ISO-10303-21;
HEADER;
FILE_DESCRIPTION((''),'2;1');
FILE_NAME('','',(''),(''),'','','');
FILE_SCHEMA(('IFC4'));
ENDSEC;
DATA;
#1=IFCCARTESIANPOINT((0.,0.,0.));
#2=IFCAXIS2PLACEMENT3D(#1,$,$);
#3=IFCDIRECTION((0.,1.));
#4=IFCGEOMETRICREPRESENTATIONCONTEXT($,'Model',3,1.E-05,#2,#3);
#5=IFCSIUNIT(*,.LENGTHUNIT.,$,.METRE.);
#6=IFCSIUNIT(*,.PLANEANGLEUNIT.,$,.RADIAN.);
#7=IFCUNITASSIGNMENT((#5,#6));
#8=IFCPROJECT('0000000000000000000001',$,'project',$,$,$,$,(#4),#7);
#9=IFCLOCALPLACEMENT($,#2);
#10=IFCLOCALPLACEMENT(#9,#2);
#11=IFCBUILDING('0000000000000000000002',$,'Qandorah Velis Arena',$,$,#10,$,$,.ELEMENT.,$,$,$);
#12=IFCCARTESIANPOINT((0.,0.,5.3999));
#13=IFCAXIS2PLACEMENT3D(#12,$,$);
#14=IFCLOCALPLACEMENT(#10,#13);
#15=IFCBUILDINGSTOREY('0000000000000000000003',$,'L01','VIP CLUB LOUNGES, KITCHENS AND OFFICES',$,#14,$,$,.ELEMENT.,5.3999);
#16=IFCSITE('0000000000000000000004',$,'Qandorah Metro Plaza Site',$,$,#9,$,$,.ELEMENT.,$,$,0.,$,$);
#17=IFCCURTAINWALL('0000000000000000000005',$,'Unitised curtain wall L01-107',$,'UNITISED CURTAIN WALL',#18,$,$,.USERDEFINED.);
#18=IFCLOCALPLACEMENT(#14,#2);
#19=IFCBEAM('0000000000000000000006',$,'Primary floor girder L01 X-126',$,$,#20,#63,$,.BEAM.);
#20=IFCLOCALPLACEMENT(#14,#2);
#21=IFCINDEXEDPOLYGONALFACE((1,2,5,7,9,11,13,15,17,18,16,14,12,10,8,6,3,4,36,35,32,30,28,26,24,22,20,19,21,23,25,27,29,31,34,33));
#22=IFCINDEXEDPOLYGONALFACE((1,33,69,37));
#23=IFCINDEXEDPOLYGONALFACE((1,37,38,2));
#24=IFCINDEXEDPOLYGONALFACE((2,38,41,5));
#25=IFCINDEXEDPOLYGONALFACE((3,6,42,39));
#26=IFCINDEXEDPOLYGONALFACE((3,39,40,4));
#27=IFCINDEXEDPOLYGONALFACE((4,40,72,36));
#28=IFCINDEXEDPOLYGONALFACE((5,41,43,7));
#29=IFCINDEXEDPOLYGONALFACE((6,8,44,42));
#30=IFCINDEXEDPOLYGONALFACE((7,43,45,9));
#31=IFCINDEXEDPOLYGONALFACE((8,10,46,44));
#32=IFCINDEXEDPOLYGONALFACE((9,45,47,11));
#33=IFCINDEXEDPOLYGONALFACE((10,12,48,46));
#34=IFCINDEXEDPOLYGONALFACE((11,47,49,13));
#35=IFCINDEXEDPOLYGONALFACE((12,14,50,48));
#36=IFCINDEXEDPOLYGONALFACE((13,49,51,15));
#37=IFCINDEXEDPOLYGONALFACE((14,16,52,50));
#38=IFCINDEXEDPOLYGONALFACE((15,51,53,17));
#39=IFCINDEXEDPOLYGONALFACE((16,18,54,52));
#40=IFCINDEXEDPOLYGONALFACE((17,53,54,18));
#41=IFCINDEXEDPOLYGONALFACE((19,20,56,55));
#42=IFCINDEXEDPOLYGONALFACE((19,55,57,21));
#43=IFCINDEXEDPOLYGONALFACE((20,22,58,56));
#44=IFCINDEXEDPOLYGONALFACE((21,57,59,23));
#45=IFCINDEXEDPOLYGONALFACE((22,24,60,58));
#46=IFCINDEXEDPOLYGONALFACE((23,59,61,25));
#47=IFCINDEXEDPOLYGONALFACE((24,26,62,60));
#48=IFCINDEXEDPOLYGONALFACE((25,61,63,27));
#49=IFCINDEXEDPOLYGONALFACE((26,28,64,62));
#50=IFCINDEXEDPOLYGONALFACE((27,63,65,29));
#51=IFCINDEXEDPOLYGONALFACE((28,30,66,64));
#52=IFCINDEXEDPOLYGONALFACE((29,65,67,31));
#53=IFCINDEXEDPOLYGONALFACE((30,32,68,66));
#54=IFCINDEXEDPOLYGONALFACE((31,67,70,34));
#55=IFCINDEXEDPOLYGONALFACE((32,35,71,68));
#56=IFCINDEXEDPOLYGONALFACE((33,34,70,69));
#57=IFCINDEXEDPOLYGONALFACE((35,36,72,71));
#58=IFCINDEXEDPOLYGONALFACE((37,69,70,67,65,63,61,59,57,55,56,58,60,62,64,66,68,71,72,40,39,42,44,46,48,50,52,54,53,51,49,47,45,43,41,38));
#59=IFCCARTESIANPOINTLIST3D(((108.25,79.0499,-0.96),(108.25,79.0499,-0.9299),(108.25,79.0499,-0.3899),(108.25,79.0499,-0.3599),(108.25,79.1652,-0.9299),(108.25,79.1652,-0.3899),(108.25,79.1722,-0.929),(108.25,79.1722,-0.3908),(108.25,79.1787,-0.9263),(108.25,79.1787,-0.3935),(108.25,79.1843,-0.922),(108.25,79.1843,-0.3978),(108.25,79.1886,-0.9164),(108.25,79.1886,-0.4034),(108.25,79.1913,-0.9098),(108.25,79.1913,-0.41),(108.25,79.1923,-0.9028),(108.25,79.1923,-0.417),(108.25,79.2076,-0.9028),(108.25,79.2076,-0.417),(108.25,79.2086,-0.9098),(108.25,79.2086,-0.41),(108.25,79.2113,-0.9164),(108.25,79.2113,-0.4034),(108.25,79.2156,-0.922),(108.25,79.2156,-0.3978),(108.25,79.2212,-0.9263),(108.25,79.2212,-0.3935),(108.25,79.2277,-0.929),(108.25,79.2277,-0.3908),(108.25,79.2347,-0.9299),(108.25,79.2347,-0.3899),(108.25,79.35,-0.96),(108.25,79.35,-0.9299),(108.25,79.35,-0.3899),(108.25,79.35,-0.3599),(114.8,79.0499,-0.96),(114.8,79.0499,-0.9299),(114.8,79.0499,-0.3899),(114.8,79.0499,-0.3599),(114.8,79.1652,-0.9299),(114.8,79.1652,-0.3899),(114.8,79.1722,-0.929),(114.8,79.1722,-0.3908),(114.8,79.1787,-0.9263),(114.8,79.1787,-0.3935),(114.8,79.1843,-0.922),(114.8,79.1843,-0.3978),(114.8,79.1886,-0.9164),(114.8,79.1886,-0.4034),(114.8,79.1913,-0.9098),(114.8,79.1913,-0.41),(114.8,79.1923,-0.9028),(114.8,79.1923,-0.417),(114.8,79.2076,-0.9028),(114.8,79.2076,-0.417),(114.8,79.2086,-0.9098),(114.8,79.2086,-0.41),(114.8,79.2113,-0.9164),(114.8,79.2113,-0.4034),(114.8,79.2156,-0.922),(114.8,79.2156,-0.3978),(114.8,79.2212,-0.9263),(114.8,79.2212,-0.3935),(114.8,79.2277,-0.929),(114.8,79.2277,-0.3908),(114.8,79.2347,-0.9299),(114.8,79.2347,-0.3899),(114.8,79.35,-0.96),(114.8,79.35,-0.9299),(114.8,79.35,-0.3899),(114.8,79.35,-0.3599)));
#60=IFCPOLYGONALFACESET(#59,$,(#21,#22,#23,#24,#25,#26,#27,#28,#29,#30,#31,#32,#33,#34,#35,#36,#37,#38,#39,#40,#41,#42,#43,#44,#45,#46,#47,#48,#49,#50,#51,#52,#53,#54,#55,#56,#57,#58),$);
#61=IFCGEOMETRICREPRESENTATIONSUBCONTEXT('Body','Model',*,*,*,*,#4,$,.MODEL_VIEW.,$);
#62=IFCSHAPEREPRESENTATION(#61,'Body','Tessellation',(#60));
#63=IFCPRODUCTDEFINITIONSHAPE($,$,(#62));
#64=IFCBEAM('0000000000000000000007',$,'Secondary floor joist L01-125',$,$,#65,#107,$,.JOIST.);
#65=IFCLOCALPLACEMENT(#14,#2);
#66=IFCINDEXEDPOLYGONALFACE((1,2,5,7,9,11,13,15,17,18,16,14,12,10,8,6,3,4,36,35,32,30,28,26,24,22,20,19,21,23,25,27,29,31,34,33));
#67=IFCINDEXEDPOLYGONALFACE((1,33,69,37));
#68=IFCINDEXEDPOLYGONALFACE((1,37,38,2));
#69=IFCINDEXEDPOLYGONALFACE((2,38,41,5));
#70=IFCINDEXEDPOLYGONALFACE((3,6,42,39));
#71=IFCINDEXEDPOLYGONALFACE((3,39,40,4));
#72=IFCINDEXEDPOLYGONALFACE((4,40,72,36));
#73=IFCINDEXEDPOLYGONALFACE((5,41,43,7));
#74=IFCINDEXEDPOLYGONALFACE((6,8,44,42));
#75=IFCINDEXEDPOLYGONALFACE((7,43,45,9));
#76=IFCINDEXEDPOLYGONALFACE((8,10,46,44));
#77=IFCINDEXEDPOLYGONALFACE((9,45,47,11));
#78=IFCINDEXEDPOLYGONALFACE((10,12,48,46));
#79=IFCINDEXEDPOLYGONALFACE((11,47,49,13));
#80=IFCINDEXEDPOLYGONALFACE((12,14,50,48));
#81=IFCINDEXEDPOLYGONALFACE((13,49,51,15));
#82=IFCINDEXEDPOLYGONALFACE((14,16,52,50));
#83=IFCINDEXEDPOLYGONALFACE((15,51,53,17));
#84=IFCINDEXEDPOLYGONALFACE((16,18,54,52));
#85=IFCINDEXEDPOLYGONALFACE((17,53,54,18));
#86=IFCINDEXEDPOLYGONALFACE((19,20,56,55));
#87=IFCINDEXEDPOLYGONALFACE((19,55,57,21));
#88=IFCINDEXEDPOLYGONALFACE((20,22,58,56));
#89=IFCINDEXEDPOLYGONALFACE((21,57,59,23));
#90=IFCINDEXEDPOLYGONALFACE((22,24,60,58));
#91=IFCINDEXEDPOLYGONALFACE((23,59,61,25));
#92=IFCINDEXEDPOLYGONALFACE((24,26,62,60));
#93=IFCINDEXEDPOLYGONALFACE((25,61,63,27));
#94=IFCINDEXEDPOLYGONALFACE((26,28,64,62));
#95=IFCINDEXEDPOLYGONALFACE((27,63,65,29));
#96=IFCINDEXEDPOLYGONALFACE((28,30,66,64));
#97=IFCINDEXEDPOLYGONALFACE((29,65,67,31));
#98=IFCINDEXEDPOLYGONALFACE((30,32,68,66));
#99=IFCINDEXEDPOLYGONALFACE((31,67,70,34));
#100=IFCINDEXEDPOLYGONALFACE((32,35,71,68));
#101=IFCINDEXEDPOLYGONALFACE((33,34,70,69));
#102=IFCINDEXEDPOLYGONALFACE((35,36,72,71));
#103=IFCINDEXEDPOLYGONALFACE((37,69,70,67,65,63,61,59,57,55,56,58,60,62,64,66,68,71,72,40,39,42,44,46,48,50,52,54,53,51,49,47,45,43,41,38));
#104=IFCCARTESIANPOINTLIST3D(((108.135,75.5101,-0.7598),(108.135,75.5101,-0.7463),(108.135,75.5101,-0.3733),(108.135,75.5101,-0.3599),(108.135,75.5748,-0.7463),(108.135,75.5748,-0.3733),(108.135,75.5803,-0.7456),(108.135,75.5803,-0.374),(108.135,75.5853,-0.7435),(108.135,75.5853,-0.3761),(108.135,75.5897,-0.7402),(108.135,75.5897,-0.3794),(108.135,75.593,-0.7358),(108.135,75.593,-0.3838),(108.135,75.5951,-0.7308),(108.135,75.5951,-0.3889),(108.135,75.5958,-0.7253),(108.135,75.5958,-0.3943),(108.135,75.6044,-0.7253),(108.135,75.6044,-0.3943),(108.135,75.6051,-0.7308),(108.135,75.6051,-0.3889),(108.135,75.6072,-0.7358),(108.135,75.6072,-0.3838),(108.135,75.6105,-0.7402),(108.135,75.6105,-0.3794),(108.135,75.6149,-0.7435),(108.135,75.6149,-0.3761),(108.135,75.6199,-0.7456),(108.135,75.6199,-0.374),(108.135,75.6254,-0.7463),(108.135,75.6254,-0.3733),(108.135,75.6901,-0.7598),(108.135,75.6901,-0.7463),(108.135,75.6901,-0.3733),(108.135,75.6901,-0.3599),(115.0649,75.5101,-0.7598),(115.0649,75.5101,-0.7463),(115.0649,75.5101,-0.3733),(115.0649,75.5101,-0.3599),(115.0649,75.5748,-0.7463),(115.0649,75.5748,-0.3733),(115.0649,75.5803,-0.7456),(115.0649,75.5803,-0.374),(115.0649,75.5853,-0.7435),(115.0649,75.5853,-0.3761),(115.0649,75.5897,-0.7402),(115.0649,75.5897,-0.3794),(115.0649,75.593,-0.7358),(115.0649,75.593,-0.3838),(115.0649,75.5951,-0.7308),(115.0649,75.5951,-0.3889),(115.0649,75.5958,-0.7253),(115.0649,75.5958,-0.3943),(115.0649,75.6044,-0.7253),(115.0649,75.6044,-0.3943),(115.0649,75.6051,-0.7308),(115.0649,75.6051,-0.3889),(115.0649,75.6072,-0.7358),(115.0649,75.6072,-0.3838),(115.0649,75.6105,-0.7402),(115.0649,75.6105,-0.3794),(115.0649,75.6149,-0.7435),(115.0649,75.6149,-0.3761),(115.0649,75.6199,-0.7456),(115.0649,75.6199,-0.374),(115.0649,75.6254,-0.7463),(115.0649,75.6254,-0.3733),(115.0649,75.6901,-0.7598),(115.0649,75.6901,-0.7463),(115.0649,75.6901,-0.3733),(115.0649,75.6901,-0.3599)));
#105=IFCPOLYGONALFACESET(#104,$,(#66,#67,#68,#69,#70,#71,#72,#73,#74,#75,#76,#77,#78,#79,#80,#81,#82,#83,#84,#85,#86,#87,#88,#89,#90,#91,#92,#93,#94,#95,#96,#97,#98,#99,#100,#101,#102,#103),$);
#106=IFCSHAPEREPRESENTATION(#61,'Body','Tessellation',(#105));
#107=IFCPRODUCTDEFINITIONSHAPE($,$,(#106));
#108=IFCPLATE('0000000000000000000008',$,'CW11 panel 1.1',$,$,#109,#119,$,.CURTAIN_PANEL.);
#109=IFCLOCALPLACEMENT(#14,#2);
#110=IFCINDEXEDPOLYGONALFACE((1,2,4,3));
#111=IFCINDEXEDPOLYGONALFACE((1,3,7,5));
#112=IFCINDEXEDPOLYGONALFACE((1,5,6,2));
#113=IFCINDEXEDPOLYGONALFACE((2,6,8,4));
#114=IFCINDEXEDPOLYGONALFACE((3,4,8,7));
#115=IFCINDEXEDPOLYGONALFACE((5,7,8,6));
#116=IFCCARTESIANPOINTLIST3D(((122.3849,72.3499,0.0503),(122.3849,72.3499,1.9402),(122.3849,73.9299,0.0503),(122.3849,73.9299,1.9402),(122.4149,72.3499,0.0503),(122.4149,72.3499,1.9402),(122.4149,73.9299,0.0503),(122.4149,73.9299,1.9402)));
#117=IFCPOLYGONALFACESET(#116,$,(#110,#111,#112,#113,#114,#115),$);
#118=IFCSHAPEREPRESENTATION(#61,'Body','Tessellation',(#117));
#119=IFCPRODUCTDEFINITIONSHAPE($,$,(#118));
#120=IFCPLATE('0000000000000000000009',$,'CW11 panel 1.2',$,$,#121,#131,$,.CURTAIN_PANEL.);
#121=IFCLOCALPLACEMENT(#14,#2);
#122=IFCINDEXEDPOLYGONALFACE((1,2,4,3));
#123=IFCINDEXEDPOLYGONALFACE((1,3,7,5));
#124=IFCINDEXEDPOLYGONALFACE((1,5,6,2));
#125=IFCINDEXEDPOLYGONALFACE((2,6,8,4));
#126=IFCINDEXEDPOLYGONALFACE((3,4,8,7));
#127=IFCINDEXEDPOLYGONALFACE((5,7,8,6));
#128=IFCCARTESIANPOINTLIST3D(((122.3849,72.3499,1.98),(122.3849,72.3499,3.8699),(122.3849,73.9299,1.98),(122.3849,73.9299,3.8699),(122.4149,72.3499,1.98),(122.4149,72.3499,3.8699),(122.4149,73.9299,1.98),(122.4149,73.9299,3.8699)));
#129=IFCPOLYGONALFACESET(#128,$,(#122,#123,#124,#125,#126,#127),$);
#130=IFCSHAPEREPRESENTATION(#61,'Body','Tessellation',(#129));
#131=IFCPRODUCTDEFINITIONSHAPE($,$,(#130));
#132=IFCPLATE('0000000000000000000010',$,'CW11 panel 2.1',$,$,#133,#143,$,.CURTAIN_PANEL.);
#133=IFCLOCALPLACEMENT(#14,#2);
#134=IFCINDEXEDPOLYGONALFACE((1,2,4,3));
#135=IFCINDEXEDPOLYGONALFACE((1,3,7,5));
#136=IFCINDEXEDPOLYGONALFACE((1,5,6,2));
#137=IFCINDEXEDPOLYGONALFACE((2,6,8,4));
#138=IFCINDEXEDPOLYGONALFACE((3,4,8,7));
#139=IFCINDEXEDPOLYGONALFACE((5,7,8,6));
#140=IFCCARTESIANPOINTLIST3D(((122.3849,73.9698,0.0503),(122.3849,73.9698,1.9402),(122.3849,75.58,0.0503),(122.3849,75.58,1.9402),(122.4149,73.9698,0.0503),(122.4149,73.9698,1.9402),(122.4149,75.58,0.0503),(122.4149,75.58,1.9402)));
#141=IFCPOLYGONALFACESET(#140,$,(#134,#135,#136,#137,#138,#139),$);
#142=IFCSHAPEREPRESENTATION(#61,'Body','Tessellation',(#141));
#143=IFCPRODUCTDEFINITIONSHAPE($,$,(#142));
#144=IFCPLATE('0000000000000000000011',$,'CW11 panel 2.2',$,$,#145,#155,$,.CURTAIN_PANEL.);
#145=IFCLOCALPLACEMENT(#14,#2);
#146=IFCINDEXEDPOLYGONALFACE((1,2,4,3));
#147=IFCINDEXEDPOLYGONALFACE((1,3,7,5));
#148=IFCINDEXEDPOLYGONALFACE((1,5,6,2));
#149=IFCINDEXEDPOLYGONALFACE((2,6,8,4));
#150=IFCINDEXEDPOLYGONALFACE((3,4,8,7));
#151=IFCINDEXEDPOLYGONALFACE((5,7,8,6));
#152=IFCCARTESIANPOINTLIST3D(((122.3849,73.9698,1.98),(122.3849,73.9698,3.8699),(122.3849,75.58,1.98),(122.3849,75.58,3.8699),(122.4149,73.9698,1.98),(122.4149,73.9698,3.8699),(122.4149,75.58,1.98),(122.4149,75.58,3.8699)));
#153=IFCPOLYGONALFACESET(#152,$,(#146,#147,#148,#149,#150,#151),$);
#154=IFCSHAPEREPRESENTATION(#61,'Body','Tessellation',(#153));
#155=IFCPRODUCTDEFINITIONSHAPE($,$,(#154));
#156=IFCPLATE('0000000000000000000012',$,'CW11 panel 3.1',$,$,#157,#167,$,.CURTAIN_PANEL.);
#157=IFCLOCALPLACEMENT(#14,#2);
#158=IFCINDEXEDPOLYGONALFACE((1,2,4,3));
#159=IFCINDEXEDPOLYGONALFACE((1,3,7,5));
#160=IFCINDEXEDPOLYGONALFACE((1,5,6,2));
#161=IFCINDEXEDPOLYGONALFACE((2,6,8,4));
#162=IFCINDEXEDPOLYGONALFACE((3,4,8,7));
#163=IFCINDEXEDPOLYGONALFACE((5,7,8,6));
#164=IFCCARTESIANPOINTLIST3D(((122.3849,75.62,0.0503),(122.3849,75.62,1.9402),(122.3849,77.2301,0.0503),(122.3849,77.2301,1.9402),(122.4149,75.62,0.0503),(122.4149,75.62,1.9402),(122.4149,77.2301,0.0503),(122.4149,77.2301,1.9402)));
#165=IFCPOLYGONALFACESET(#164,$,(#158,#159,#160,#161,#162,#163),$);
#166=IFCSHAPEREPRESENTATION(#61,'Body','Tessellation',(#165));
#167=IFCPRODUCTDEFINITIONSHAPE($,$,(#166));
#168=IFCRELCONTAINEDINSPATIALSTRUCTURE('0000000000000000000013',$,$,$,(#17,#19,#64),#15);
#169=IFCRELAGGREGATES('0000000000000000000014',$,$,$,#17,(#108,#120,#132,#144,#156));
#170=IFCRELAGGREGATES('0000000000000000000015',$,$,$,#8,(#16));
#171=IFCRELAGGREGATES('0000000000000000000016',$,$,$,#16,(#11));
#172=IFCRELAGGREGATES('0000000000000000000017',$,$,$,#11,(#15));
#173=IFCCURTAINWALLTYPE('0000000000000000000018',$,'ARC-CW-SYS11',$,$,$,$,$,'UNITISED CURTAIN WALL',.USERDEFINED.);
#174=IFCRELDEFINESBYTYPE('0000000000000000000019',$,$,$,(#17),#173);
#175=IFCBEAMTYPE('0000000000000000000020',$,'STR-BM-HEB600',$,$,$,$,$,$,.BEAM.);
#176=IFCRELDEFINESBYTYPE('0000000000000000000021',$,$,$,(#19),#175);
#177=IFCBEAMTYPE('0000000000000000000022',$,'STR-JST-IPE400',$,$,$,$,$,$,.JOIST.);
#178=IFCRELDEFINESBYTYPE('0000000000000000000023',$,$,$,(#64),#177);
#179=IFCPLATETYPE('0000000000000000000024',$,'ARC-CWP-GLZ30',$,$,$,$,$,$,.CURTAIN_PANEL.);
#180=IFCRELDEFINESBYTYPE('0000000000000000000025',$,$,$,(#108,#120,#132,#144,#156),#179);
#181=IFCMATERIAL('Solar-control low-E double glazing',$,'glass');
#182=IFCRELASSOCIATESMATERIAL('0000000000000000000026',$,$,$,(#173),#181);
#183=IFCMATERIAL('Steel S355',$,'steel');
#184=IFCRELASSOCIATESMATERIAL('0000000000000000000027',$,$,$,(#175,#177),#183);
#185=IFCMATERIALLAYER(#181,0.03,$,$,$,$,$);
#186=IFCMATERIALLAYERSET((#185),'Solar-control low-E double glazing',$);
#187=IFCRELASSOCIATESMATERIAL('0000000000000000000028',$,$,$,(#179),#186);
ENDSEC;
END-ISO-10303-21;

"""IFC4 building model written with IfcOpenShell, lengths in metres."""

from ifc_helpers import new_model, si_unit, direction, frame, origin, origin_2d, place, context, subcontext, project, spatial, rectangle, i_section, extrude, material, layer, layer_set, material_profile, profile_set, type_object, element, aggregate, save


model = new_model("IFC4")

# Units and contexts
model_context = context("Model", 3, precision=1e-05, world=origin(), true_north=direction((0.0, 1.0)))
body_context = subcontext(model_context, "Body", "Model", "MODEL_VIEW")
ifc_project = project(units=[si_unit("LENGTHUNIT", "METRE"), si_unit("PLANEANGLEUNIT", "RADIAN")], contexts=[model_context])

# Site, building, storey
site_placement = place(None, origin())
site = spatial("IfcSite", under=ifc_project, at=site_placement, Name="Qandorah Metro Plaza Site", CompositionType="ELEMENT", RefElevation=0.0)
building_placement = place(site_placement, origin())
building = spatial("IfcBuilding", under=site, at=building_placement, Name="Qandorah Velis Arena", CompositionType="ELEMENT")
storey_placement = place(building_placement, frame((0.0, 0.0, 5.3999)))
storey = spatial("IfcBuildingStorey", under=building, at=storey_placement, Name="L01", Description="VIP CLUB LOUNGES, KITCHENS AND OFFICES", CompositionType="ELEMENT", Elevation=5.3999)

# Curtain wall
ifc_material_1 = material(Name="Solar-control low-E double glazing", Category="glass")
curtain_wall_type = type_object("IfcCurtainWallType", Name="ARC-CW-SYS11", ElementType="UNITISED CURTAIN WALL", PredefinedType="USERDEFINED", material=ifc_material_1)
curtain_wall_placement = place(storey_placement, origin())
curtain_wall = element("IfcCurtainWall", 1, at=curtain_wall_placement, inside=storey, type_object=curtain_wall_type, Name="Unitised curtain wall L01-107", ObjectType="UNITISED CURTAIN WALL", PredefinedType="USERDEFINED")

# Beams
ifc_material_2 = material(Name="Steel S355", Category="steel")
ifc_material_profile_1 = material_profile(ifc_material_2, i_section(OverallWidth=0.3, OverallDepth=0.6001, WebThickness=0.0154, FlangeThickness=0.03, FilletRadius=0.0271, at=origin_2d()), Name="HEB 600")
ifc_profile_set_1 = profile_set([ifc_material_profile_1], Name="Steel S355")
beam_type_1 = type_object("IfcBeamType", Name="STR-BM-HEB600", PredefinedType="BEAM", material=ifc_profile_set_1)
beam_1_placement = place(storey_placement, frame((108.25, 79.2, -0.6599), z_axis=(1.0, 0.0, 0.0), x_axis=(0.0, 1.0, 0.0)))
element("IfcBeam", 2, at=beam_1_placement, inside=storey, type_object=beam_type_1, Name="Primary floor girder L01 X-126", PredefinedType="BEAM", context=body_context, shape_type="SweptSolid", body=[
    extrude(i_section(OverallWidth=0.3, OverallDepth=0.6001, WebThickness=0.0154, FlangeThickness=0.03, FilletRadius=0.0271, at=origin_2d()), origin(), (0.0, 0.0, 1.0), 6.55),
])
ifc_material_profile_2 = material_profile(ifc_material_2, i_section(OverallWidth=0.1799, OverallDepth=0.3999, WebThickness=0.0085, FlangeThickness=0.0134, FilletRadius=0.021, at=origin_2d()), Name="IPE 400")
ifc_profile_set_2 = profile_set([ifc_material_profile_2], Name="Steel S355")
beam_type_2 = type_object("IfcBeamType", Name="STR-JST-IPE400", PredefinedType="JOIST", material=ifc_profile_set_2)
beam_2_placement = place(storey_placement, frame((108.135, 75.6001, -0.5598), z_axis=(1.0, 0.0, 0.0), x_axis=(0.0, 1.0, 0.0)))
element("IfcBeam", 3, at=beam_2_placement, inside=storey, type_object=beam_type_2, Name="Secondary floor joist L01-125", PredefinedType="JOIST", context=body_context, shape_type="SweptSolid", body=[
    extrude(i_section(OverallWidth=0.1799, OverallDepth=0.3999, WebThickness=0.0085, FlangeThickness=0.0134, FilletRadius=0.021, at=origin_2d()), origin(), (0.0, 0.0, 1.0), 6.9299),
])

# Plates
ifc_layer = layer(ifc_material_1, 0.03)
ifc_layer_set = layer_set([ifc_layer], Name="Solar-control low-E double glazing")
plate_type = type_object("IfcPlateType", Name="ARC-CWP-GLZ30", PredefinedType="CURTAIN_PANEL", material=ifc_layer_set)
plate_1_placement = place(storey_placement, frame((122.3999, 73.1399, 0.0503), z_axis=(0.0, 0.0, 1.0), x_axis=(0.0, 1.0, 0.0)))
plate_1 = element("IfcPlate", 4, at=plate_1_placement, type_object=plate_type, Name="CW11 panel 1.1", PredefinedType="CURTAIN_PANEL", context=body_context, shape_type="SweptSolid", body=[
    extrude(rectangle(XDim=1.5801, YDim=0.03, at=origin_2d()), origin(), (0.0, 0.0, 1.0), 1.8899),
])
plate_2_placement = place(storey_placement, frame((122.3999, 73.1399, 1.98), z_axis=(0.0, 0.0, 1.0), x_axis=(0.0, 1.0, 0.0)))
plate_2 = element("IfcPlate", 5, at=plate_2_placement, type_object=plate_type, Name="CW11 panel 1.2", PredefinedType="CURTAIN_PANEL", context=body_context, shape_type="SweptSolid", body=[
    extrude(rectangle(XDim=1.5801, YDim=0.03, at=origin_2d()), origin(), (0.0, 0.0, 1.0), 1.8899),
])
plate_3_placement = place(storey_placement, frame((122.3999, 74.7749, 0.0503), z_axis=(0.0, 0.0, 1.0), x_axis=(0.0, 1.0, 0.0)))
plate_3 = element("IfcPlate", 6, at=plate_3_placement, type_object=plate_type, Name="CW11 panel 2.1", PredefinedType="CURTAIN_PANEL", context=body_context, shape_type="SweptSolid", body=[
    extrude(rectangle(XDim=1.6101, YDim=0.03, at=origin_2d()), origin(), (0.0, 0.0, 1.0), 1.8899),
])
plate_4_placement = place(storey_placement, frame((122.3999, 74.7749, 1.98), z_axis=(0.0, 0.0, 1.0), x_axis=(0.0, 1.0, 0.0)))
plate_4 = element("IfcPlate", 7, at=plate_4_placement, type_object=plate_type, Name="CW11 panel 2.2", PredefinedType="CURTAIN_PANEL", context=body_context, shape_type="SweptSolid", body=[
    extrude(rectangle(XDim=1.6101, YDim=0.03, at=origin_2d()), origin(), (0.0, 0.0, 1.0), 1.8899),
])
plate_5_placement = place(storey_placement, frame((122.3999, 76.425, 0.0503), z_axis=(0.0, 0.0, 1.0), x_axis=(0.0, 1.0, 0.0)))
plate_5 = element("IfcPlate", 8, at=plate_5_placement, type_object=plate_type, Name="CW11 panel 3.1", PredefinedType="CURTAIN_PANEL", context=body_context, shape_type="SweptSolid", body=[
    extrude(rectangle(XDim=1.6101, YDim=0.03, at=origin_2d()), origin(), (0.0, 0.0, 1.0), 1.8899),
])
aggregate(curtain_wall, [plate_1, plate_2, plate_3, plate_4, plate_5])

save(model, "model.ifc")
